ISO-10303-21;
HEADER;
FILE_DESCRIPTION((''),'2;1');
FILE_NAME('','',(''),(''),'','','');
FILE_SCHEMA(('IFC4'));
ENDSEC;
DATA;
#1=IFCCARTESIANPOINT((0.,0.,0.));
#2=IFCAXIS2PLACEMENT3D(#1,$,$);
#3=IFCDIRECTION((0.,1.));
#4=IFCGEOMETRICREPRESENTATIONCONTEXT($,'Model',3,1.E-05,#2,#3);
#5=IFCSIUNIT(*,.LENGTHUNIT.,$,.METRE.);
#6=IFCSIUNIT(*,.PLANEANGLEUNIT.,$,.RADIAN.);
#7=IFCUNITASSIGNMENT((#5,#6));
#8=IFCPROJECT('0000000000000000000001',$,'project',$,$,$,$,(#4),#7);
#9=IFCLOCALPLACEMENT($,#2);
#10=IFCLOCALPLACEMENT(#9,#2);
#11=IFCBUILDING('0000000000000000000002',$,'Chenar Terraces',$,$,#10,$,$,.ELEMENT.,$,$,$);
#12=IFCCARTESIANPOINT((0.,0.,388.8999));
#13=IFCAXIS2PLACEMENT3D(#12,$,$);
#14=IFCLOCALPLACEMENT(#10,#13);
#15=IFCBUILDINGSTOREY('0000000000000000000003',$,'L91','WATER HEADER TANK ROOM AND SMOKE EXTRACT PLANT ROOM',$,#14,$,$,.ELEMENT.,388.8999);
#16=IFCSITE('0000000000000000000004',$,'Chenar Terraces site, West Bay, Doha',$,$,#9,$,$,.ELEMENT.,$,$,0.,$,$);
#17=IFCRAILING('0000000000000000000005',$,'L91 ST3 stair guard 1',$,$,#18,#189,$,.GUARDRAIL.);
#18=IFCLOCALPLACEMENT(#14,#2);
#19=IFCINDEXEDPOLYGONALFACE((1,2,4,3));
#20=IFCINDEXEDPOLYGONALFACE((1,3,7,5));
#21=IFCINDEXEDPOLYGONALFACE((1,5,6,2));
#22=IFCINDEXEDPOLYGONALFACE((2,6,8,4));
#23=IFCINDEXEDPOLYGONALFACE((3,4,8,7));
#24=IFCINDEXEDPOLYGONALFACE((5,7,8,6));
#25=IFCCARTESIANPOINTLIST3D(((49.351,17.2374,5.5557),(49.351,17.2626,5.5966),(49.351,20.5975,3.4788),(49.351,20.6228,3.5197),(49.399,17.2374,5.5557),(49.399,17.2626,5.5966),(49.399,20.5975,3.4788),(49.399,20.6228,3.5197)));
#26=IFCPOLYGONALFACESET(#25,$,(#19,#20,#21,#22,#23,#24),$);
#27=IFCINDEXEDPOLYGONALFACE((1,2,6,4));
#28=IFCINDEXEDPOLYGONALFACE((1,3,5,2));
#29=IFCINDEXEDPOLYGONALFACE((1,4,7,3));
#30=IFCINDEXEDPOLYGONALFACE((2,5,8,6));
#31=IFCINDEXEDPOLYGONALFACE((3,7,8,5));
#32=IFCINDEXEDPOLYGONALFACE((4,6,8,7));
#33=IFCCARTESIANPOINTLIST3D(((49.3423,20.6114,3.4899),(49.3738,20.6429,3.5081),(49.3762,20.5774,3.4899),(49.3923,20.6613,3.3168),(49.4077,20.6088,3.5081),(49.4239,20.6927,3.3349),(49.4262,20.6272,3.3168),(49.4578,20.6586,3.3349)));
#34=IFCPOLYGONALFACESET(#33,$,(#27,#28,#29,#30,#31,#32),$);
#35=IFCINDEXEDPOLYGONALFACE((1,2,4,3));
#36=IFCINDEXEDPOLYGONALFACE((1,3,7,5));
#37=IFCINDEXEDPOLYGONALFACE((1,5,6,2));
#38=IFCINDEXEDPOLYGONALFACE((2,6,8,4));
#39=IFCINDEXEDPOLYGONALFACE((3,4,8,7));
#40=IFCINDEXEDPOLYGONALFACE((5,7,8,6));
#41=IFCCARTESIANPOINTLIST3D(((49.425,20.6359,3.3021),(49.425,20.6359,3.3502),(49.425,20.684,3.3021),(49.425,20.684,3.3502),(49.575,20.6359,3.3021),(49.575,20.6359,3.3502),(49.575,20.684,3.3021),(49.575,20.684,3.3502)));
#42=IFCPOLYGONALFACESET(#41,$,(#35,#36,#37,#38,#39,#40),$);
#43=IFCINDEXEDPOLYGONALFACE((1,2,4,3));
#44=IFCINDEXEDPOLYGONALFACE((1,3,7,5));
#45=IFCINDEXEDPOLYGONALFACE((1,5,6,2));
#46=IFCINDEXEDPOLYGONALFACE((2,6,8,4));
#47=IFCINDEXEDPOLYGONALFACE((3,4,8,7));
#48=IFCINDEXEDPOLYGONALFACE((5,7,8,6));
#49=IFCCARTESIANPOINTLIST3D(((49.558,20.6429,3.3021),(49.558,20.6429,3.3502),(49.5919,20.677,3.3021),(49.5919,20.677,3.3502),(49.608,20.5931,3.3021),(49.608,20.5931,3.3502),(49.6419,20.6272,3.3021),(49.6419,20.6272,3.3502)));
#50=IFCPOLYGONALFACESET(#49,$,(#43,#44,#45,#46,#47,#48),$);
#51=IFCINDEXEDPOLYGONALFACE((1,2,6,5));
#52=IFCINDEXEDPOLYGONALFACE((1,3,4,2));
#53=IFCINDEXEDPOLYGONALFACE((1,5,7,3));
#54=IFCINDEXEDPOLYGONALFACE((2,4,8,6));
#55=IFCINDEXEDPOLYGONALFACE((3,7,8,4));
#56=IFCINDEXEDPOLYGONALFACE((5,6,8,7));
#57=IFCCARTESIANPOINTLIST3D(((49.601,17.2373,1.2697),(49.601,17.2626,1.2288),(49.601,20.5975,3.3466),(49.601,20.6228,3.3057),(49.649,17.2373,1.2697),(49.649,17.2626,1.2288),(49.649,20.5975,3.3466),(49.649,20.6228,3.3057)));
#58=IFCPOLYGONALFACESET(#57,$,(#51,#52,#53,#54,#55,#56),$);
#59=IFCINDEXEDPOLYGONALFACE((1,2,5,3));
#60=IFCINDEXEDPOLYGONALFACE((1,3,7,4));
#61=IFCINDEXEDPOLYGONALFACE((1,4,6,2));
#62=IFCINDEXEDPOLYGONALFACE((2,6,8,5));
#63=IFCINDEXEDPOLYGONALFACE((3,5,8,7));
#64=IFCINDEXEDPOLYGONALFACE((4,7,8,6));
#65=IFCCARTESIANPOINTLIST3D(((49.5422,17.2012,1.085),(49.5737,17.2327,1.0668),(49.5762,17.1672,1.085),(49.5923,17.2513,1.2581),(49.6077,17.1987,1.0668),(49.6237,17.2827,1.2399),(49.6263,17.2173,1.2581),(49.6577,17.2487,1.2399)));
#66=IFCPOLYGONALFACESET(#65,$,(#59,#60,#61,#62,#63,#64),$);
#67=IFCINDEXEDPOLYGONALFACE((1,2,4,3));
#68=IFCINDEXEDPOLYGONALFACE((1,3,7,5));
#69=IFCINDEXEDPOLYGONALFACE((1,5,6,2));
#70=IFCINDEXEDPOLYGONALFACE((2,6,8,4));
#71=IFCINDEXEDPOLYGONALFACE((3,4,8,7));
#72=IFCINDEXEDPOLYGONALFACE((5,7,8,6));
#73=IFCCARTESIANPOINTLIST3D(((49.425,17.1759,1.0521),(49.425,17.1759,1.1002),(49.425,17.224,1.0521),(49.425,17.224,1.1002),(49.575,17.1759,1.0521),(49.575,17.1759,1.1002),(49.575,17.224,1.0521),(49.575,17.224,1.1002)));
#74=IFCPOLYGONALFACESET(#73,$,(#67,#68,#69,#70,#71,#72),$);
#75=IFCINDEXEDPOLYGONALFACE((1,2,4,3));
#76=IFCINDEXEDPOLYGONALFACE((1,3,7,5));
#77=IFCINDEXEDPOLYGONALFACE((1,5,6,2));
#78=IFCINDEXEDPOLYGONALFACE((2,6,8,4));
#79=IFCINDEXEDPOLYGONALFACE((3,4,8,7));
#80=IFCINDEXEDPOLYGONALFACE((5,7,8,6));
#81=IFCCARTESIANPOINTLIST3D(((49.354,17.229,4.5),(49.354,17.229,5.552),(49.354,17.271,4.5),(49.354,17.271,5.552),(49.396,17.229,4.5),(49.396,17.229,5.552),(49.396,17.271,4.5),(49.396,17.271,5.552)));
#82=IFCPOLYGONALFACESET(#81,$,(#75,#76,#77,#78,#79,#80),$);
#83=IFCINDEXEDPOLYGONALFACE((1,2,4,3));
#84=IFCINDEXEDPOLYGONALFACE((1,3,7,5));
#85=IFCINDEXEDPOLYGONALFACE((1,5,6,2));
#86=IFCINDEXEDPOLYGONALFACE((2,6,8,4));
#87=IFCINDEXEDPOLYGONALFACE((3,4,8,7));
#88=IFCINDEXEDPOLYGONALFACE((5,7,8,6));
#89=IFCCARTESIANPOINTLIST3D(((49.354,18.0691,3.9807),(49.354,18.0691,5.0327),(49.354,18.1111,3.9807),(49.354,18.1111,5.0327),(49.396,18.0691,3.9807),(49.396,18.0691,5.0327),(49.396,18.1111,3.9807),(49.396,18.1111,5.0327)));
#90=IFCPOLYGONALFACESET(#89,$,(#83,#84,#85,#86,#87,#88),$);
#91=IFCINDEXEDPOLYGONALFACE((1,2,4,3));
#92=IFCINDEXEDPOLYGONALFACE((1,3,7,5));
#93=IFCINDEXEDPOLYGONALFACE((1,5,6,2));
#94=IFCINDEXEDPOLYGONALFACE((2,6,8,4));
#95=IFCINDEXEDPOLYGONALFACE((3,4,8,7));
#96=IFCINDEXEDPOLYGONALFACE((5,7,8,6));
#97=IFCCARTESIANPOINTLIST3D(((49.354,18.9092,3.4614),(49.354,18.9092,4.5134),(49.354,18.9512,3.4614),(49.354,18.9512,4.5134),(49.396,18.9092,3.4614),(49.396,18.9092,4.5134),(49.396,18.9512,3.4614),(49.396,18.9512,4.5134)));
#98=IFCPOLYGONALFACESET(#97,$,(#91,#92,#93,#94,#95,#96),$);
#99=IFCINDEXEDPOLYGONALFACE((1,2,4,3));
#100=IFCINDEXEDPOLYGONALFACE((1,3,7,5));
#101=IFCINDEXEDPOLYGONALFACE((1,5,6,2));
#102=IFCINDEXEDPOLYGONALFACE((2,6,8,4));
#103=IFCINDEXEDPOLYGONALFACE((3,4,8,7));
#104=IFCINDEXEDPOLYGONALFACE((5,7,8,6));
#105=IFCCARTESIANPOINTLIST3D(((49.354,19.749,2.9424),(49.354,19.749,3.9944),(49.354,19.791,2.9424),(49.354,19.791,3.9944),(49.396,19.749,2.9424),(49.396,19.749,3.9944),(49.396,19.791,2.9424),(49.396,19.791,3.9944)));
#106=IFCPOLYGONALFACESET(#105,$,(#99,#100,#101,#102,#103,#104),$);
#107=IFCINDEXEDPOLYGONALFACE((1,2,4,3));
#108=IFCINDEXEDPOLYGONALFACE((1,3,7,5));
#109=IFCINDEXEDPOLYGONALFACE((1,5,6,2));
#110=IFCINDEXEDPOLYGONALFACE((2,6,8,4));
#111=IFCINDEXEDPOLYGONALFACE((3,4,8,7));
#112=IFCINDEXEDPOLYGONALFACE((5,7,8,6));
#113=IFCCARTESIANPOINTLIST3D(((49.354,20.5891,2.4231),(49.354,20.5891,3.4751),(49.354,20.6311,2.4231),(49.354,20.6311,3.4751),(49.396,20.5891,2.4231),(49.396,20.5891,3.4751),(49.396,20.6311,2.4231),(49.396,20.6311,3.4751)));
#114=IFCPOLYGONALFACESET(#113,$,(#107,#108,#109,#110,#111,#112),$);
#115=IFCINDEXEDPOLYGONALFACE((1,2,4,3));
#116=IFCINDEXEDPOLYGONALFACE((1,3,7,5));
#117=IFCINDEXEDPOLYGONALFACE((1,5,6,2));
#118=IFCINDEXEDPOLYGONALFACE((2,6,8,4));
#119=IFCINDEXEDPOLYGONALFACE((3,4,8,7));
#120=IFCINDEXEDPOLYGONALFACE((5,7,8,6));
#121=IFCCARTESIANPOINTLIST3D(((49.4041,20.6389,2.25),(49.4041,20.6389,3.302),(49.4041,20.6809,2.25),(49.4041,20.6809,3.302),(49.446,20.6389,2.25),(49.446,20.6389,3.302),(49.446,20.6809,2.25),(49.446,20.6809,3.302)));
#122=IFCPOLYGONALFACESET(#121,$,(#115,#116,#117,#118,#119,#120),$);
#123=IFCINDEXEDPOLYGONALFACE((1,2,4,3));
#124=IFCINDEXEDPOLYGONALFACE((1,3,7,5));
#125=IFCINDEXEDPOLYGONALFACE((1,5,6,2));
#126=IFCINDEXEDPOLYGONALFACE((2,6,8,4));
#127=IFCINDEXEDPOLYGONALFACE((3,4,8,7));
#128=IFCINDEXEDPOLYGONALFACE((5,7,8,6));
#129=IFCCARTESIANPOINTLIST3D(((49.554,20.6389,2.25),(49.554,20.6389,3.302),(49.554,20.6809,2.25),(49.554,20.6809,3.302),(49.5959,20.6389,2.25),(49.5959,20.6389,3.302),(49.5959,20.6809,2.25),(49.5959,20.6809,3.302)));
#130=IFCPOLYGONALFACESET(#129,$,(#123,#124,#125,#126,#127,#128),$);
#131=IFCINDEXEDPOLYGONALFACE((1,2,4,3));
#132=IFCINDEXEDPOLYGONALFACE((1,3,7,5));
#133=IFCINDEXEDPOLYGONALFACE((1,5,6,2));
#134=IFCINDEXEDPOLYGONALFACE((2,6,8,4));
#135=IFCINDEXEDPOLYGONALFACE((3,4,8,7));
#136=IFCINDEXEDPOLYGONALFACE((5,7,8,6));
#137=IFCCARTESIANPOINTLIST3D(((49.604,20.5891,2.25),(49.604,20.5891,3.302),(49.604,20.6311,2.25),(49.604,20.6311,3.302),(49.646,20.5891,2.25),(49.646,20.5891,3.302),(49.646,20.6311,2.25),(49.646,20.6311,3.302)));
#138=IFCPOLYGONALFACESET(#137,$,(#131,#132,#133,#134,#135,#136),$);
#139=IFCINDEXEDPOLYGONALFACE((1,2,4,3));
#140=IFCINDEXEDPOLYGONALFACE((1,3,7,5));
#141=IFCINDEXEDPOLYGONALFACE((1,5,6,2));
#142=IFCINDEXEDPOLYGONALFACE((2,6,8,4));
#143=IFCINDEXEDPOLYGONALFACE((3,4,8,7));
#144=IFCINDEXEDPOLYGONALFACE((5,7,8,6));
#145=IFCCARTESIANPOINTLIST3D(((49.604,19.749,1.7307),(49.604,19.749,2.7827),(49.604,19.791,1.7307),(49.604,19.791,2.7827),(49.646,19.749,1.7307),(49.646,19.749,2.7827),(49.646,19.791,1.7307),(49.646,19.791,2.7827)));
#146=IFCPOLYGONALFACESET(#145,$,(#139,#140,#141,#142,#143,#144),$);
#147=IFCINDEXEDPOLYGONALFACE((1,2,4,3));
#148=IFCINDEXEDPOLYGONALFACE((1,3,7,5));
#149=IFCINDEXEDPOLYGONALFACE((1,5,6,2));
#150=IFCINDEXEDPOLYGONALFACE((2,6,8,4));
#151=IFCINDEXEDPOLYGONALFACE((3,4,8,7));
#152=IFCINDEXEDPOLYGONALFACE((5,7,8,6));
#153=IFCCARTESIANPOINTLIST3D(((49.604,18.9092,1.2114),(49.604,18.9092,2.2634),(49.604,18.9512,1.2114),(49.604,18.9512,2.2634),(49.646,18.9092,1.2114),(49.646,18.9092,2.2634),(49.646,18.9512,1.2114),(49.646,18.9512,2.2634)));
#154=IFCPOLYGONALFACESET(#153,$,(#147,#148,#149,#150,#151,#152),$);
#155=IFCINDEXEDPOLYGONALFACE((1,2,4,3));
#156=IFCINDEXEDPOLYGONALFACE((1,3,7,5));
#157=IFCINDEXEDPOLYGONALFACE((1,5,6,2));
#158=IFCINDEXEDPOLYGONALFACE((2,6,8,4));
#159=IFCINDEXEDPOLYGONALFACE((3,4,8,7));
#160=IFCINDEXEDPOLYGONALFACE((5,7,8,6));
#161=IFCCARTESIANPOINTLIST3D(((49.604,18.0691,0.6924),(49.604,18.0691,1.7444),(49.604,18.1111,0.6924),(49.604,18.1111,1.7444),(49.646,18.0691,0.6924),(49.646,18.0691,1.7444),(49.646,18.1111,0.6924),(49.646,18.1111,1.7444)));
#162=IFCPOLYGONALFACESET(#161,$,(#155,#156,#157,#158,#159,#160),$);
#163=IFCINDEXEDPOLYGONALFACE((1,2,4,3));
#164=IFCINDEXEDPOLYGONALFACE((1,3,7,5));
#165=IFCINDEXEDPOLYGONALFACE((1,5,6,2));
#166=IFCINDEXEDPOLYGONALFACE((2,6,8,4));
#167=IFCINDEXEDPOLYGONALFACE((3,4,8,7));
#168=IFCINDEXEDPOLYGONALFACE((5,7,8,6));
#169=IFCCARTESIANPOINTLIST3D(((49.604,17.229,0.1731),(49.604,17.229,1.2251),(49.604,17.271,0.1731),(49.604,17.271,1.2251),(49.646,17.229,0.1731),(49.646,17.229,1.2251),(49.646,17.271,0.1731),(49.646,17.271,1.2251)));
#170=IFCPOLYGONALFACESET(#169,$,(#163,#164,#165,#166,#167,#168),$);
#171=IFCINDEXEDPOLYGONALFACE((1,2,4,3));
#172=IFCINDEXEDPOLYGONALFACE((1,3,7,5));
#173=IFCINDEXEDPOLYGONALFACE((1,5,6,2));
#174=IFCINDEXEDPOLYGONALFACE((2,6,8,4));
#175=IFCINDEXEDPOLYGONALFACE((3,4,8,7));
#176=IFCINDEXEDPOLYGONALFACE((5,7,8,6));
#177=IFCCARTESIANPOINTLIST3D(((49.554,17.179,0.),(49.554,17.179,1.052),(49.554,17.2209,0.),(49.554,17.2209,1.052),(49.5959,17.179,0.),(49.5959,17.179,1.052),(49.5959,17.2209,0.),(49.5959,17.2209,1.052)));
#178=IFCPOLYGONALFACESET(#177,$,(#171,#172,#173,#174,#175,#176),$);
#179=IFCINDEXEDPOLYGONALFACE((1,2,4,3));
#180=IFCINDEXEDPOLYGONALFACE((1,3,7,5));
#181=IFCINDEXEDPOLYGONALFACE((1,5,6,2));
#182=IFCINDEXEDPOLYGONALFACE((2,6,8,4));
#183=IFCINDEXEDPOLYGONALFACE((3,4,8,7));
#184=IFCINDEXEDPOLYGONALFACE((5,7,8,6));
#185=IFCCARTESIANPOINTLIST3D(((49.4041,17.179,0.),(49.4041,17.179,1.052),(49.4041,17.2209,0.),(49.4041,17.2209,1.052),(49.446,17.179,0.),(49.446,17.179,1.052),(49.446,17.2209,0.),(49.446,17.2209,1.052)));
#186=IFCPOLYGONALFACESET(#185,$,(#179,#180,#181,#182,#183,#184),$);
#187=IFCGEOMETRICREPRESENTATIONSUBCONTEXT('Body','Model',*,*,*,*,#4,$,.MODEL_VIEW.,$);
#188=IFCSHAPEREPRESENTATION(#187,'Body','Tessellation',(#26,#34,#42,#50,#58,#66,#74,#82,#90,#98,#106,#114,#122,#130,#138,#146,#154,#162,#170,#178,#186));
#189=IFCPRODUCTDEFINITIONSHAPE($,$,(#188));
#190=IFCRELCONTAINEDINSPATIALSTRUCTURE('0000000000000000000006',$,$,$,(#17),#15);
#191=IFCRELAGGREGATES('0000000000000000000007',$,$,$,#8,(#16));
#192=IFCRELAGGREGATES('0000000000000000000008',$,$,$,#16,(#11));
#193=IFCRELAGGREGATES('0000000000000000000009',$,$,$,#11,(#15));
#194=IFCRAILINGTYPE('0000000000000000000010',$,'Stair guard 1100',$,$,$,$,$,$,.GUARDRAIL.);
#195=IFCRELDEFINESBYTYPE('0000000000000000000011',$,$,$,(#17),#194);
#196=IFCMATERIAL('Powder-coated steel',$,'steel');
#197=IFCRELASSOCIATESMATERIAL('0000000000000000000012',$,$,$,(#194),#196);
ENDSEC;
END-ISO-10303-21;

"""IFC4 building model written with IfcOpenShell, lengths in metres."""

from ifc_helpers import new_model, si_unit, direction, frame, origin, origin_2d, place, context, subcontext, project, spatial, rectangle, extrude, material, type_object, element, save


model = new_model("IFC4")

# Units and contexts
model_context = context("Model", 3, precision=1e-05, world=origin(), true_north=direction((0.0, 1.0)))
body_context = subcontext(model_context, "Body", "Model", "MODEL_VIEW")
ifc_project = project(units=[si_unit("LENGTHUNIT", "METRE"), si_unit("PLANEANGLEUNIT", "RADIAN")], contexts=[model_context])

# Site, building, storey
site_placement = place(None, origin())
site = spatial("IfcSite", under=ifc_project, at=site_placement, Name="Chenar Terraces site, West Bay, Doha", CompositionType="ELEMENT", RefElevation=0.0)
building_placement = place(site_placement, origin())
building = spatial("IfcBuilding", under=site, at=building_placement, Name="Chenar Terraces", CompositionType="ELEMENT")
storey_placement = place(building_placement, frame((0.0, 0.0, 388.8999)))
storey = spatial("IfcBuildingStorey", under=building, at=storey_placement, Name="L91", Description="WATER HEADER TANK ROOM AND SMOKE EXTRACT PLANT ROOM", CompositionType="ELEMENT", Elevation=388.8999)

# Railing
ifc_material_1 = material(Name="Powder-coated steel", Category="steel")
railing_type_1 = type_object("IfcRailingType", Name="Stair guard 1100", PredefinedType="GUARDRAIL", material=ifc_material_1)
railing_1_placement = place(storey_placement, frame((49.375, 17.25, 4.5)))
element("IfcRailing", 1, at=railing_1_placement, inside=storey, type_object=railing_type_1, Name="L91 ST3 stair guard 1", PredefinedType="GUARDRAIL", context=body_context, shape_type="SweptSolid", body=[
    extrude(rectangle(XDim=0.0481, YDim=0.0481, at=origin_2d()), frame((0.0, 0.0, 1.0762), z_axis=(0.0, 0.850623, -0.525776), x_axis=(-1.0, 0.0, 0.0)), (0.0, 0.0, 1.0), 3.9502),
    extrude(rectangle(XDim=0.0481, YDim=0.0481, at=origin_2d()), frame((0.0, 3.3601, -1.001), z_axis=(0.267723, 0.266417, -0.92593), x_axis=(-0.705376, 0.708834, 0.0)), (0.0, 0.0, 1.0), 0.187),
    extrude(rectangle(XDim=0.0481, YDim=0.0481, at=origin_2d()), frame((0.05, 3.4099, -1.1738), z_axis=(1.0, 0.0, 0.0), x_axis=(0.0, 1.0, 0.0)), (0.0, 0.0, 1.0), 0.1499),
    extrude(rectangle(XDim=0.0481, YDim=0.0481, at=origin_2d()), frame((0.2, 3.4099, -1.1738), z_axis=(0.708834, -0.705376, 0.0), x_axis=(0.705376, 0.708834, 0.0)), (0.0, 0.0, 1.0), 0.0706),
    extrude(rectangle(XDim=0.0481, YDim=0.0481, at=origin_2d()), frame((0.25, 3.3601, -1.1738), z_axis=(0.0, -0.850623, -0.525776), x_axis=(1.0, 0.0, 0.0)), (0.0, 0.0, 1.0), 3.9502),
    extrude(rectangle(XDim=0.0481, YDim=0.0481, at=origin_2d()), frame((0.25, 0.0, -3.251), z_axis=(-0.26763, -0.26763, -0.925607), x_axis=(0.707107, -0.707107, 0.0)), (0.0, 0.0, 1.0), 0.187),
    extrude(rectangle(XDim=0.0481, YDim=0.0481, at=origin_2d()), frame((0.2, -0.05, -3.4238), z_axis=(-1.0, 0.0, 0.0), x_axis=(0.0, -1.0, 0.0)), (0.0, 0.0, 1.0), 0.1499),
    extrude(rectangle(XDim=0.042, YDim=0.042, at=origin_2d()), origin(), (0.0, 0.0, 1.0), 1.052),
    extrude(rectangle(XDim=0.042, YDim=0.042, at=origin_2d()), frame((0.0, 0.8401, -0.5193)), (0.0, 0.0, 1.0), 1.052),
    extrude(rectangle(XDim=0.042, YDim=0.042, at=origin_2d()), frame((0.0, 1.6802, -1.0386)), (0.0, 0.0, 1.0), 1.052),
    extrude(rectangle(XDim=0.042, YDim=0.042, at=origin_2d()), frame((0.0, 2.52, -1.5576)), (0.0, 0.0, 1.0), 1.052),
    extrude(rectangle(XDim=0.042, YDim=0.042, at=origin_2d()), frame((0.0, 3.3601, -2.0769)), (0.0, 0.0, 1.0), 1.052),
    extrude(rectangle(XDim=0.042, YDim=0.042, at=origin_2d()), frame((0.05, 3.4099, -2.25)), (0.0, 0.0, 1.0), 1.052),
    extrude(rectangle(XDim=0.042, YDim=0.042, at=origin_2d()), frame((0.2, 3.4099, -2.25)), (0.0, 0.0, 1.0), 1.052),
    extrude(rectangle(XDim=0.042, YDim=0.042, at=origin_2d()), frame((0.25, 3.3601, -2.25)), (0.0, 0.0, 1.0), 1.052),
    extrude(rectangle(XDim=0.042, YDim=0.042, at=origin_2d()), frame((0.25, 2.52, -2.7693)), (0.0, 0.0, 1.0), 1.052),
    extrude(rectangle(XDim=0.042, YDim=0.042, at=origin_2d()), frame((0.25, 1.6802, -3.2886)), (0.0, 0.0, 1.0), 1.052),
    extrude(rectangle(XDim=0.042, YDim=0.042, at=origin_2d()), frame((0.25, 0.8401, -3.8076)), (0.0, 0.0, 1.0), 1.052),
    extrude(rectangle(XDim=0.042, YDim=0.042, at=origin_2d()), frame((0.25, 0.0, -4.3269)), (0.0, 0.0, 1.0), 1.052),
    extrude(rectangle(XDim=0.042, YDim=0.042, at=origin_2d()), frame((0.2, -0.05, -4.5)), (0.0, 0.0, 1.0), 1.052),
    extrude(rectangle(XDim=0.042, YDim=0.042, at=origin_2d()), frame((0.05, -0.05, -4.5)), (0.0, 0.0, 1.0), 1.052),
])

save(model, "model.ifc")
